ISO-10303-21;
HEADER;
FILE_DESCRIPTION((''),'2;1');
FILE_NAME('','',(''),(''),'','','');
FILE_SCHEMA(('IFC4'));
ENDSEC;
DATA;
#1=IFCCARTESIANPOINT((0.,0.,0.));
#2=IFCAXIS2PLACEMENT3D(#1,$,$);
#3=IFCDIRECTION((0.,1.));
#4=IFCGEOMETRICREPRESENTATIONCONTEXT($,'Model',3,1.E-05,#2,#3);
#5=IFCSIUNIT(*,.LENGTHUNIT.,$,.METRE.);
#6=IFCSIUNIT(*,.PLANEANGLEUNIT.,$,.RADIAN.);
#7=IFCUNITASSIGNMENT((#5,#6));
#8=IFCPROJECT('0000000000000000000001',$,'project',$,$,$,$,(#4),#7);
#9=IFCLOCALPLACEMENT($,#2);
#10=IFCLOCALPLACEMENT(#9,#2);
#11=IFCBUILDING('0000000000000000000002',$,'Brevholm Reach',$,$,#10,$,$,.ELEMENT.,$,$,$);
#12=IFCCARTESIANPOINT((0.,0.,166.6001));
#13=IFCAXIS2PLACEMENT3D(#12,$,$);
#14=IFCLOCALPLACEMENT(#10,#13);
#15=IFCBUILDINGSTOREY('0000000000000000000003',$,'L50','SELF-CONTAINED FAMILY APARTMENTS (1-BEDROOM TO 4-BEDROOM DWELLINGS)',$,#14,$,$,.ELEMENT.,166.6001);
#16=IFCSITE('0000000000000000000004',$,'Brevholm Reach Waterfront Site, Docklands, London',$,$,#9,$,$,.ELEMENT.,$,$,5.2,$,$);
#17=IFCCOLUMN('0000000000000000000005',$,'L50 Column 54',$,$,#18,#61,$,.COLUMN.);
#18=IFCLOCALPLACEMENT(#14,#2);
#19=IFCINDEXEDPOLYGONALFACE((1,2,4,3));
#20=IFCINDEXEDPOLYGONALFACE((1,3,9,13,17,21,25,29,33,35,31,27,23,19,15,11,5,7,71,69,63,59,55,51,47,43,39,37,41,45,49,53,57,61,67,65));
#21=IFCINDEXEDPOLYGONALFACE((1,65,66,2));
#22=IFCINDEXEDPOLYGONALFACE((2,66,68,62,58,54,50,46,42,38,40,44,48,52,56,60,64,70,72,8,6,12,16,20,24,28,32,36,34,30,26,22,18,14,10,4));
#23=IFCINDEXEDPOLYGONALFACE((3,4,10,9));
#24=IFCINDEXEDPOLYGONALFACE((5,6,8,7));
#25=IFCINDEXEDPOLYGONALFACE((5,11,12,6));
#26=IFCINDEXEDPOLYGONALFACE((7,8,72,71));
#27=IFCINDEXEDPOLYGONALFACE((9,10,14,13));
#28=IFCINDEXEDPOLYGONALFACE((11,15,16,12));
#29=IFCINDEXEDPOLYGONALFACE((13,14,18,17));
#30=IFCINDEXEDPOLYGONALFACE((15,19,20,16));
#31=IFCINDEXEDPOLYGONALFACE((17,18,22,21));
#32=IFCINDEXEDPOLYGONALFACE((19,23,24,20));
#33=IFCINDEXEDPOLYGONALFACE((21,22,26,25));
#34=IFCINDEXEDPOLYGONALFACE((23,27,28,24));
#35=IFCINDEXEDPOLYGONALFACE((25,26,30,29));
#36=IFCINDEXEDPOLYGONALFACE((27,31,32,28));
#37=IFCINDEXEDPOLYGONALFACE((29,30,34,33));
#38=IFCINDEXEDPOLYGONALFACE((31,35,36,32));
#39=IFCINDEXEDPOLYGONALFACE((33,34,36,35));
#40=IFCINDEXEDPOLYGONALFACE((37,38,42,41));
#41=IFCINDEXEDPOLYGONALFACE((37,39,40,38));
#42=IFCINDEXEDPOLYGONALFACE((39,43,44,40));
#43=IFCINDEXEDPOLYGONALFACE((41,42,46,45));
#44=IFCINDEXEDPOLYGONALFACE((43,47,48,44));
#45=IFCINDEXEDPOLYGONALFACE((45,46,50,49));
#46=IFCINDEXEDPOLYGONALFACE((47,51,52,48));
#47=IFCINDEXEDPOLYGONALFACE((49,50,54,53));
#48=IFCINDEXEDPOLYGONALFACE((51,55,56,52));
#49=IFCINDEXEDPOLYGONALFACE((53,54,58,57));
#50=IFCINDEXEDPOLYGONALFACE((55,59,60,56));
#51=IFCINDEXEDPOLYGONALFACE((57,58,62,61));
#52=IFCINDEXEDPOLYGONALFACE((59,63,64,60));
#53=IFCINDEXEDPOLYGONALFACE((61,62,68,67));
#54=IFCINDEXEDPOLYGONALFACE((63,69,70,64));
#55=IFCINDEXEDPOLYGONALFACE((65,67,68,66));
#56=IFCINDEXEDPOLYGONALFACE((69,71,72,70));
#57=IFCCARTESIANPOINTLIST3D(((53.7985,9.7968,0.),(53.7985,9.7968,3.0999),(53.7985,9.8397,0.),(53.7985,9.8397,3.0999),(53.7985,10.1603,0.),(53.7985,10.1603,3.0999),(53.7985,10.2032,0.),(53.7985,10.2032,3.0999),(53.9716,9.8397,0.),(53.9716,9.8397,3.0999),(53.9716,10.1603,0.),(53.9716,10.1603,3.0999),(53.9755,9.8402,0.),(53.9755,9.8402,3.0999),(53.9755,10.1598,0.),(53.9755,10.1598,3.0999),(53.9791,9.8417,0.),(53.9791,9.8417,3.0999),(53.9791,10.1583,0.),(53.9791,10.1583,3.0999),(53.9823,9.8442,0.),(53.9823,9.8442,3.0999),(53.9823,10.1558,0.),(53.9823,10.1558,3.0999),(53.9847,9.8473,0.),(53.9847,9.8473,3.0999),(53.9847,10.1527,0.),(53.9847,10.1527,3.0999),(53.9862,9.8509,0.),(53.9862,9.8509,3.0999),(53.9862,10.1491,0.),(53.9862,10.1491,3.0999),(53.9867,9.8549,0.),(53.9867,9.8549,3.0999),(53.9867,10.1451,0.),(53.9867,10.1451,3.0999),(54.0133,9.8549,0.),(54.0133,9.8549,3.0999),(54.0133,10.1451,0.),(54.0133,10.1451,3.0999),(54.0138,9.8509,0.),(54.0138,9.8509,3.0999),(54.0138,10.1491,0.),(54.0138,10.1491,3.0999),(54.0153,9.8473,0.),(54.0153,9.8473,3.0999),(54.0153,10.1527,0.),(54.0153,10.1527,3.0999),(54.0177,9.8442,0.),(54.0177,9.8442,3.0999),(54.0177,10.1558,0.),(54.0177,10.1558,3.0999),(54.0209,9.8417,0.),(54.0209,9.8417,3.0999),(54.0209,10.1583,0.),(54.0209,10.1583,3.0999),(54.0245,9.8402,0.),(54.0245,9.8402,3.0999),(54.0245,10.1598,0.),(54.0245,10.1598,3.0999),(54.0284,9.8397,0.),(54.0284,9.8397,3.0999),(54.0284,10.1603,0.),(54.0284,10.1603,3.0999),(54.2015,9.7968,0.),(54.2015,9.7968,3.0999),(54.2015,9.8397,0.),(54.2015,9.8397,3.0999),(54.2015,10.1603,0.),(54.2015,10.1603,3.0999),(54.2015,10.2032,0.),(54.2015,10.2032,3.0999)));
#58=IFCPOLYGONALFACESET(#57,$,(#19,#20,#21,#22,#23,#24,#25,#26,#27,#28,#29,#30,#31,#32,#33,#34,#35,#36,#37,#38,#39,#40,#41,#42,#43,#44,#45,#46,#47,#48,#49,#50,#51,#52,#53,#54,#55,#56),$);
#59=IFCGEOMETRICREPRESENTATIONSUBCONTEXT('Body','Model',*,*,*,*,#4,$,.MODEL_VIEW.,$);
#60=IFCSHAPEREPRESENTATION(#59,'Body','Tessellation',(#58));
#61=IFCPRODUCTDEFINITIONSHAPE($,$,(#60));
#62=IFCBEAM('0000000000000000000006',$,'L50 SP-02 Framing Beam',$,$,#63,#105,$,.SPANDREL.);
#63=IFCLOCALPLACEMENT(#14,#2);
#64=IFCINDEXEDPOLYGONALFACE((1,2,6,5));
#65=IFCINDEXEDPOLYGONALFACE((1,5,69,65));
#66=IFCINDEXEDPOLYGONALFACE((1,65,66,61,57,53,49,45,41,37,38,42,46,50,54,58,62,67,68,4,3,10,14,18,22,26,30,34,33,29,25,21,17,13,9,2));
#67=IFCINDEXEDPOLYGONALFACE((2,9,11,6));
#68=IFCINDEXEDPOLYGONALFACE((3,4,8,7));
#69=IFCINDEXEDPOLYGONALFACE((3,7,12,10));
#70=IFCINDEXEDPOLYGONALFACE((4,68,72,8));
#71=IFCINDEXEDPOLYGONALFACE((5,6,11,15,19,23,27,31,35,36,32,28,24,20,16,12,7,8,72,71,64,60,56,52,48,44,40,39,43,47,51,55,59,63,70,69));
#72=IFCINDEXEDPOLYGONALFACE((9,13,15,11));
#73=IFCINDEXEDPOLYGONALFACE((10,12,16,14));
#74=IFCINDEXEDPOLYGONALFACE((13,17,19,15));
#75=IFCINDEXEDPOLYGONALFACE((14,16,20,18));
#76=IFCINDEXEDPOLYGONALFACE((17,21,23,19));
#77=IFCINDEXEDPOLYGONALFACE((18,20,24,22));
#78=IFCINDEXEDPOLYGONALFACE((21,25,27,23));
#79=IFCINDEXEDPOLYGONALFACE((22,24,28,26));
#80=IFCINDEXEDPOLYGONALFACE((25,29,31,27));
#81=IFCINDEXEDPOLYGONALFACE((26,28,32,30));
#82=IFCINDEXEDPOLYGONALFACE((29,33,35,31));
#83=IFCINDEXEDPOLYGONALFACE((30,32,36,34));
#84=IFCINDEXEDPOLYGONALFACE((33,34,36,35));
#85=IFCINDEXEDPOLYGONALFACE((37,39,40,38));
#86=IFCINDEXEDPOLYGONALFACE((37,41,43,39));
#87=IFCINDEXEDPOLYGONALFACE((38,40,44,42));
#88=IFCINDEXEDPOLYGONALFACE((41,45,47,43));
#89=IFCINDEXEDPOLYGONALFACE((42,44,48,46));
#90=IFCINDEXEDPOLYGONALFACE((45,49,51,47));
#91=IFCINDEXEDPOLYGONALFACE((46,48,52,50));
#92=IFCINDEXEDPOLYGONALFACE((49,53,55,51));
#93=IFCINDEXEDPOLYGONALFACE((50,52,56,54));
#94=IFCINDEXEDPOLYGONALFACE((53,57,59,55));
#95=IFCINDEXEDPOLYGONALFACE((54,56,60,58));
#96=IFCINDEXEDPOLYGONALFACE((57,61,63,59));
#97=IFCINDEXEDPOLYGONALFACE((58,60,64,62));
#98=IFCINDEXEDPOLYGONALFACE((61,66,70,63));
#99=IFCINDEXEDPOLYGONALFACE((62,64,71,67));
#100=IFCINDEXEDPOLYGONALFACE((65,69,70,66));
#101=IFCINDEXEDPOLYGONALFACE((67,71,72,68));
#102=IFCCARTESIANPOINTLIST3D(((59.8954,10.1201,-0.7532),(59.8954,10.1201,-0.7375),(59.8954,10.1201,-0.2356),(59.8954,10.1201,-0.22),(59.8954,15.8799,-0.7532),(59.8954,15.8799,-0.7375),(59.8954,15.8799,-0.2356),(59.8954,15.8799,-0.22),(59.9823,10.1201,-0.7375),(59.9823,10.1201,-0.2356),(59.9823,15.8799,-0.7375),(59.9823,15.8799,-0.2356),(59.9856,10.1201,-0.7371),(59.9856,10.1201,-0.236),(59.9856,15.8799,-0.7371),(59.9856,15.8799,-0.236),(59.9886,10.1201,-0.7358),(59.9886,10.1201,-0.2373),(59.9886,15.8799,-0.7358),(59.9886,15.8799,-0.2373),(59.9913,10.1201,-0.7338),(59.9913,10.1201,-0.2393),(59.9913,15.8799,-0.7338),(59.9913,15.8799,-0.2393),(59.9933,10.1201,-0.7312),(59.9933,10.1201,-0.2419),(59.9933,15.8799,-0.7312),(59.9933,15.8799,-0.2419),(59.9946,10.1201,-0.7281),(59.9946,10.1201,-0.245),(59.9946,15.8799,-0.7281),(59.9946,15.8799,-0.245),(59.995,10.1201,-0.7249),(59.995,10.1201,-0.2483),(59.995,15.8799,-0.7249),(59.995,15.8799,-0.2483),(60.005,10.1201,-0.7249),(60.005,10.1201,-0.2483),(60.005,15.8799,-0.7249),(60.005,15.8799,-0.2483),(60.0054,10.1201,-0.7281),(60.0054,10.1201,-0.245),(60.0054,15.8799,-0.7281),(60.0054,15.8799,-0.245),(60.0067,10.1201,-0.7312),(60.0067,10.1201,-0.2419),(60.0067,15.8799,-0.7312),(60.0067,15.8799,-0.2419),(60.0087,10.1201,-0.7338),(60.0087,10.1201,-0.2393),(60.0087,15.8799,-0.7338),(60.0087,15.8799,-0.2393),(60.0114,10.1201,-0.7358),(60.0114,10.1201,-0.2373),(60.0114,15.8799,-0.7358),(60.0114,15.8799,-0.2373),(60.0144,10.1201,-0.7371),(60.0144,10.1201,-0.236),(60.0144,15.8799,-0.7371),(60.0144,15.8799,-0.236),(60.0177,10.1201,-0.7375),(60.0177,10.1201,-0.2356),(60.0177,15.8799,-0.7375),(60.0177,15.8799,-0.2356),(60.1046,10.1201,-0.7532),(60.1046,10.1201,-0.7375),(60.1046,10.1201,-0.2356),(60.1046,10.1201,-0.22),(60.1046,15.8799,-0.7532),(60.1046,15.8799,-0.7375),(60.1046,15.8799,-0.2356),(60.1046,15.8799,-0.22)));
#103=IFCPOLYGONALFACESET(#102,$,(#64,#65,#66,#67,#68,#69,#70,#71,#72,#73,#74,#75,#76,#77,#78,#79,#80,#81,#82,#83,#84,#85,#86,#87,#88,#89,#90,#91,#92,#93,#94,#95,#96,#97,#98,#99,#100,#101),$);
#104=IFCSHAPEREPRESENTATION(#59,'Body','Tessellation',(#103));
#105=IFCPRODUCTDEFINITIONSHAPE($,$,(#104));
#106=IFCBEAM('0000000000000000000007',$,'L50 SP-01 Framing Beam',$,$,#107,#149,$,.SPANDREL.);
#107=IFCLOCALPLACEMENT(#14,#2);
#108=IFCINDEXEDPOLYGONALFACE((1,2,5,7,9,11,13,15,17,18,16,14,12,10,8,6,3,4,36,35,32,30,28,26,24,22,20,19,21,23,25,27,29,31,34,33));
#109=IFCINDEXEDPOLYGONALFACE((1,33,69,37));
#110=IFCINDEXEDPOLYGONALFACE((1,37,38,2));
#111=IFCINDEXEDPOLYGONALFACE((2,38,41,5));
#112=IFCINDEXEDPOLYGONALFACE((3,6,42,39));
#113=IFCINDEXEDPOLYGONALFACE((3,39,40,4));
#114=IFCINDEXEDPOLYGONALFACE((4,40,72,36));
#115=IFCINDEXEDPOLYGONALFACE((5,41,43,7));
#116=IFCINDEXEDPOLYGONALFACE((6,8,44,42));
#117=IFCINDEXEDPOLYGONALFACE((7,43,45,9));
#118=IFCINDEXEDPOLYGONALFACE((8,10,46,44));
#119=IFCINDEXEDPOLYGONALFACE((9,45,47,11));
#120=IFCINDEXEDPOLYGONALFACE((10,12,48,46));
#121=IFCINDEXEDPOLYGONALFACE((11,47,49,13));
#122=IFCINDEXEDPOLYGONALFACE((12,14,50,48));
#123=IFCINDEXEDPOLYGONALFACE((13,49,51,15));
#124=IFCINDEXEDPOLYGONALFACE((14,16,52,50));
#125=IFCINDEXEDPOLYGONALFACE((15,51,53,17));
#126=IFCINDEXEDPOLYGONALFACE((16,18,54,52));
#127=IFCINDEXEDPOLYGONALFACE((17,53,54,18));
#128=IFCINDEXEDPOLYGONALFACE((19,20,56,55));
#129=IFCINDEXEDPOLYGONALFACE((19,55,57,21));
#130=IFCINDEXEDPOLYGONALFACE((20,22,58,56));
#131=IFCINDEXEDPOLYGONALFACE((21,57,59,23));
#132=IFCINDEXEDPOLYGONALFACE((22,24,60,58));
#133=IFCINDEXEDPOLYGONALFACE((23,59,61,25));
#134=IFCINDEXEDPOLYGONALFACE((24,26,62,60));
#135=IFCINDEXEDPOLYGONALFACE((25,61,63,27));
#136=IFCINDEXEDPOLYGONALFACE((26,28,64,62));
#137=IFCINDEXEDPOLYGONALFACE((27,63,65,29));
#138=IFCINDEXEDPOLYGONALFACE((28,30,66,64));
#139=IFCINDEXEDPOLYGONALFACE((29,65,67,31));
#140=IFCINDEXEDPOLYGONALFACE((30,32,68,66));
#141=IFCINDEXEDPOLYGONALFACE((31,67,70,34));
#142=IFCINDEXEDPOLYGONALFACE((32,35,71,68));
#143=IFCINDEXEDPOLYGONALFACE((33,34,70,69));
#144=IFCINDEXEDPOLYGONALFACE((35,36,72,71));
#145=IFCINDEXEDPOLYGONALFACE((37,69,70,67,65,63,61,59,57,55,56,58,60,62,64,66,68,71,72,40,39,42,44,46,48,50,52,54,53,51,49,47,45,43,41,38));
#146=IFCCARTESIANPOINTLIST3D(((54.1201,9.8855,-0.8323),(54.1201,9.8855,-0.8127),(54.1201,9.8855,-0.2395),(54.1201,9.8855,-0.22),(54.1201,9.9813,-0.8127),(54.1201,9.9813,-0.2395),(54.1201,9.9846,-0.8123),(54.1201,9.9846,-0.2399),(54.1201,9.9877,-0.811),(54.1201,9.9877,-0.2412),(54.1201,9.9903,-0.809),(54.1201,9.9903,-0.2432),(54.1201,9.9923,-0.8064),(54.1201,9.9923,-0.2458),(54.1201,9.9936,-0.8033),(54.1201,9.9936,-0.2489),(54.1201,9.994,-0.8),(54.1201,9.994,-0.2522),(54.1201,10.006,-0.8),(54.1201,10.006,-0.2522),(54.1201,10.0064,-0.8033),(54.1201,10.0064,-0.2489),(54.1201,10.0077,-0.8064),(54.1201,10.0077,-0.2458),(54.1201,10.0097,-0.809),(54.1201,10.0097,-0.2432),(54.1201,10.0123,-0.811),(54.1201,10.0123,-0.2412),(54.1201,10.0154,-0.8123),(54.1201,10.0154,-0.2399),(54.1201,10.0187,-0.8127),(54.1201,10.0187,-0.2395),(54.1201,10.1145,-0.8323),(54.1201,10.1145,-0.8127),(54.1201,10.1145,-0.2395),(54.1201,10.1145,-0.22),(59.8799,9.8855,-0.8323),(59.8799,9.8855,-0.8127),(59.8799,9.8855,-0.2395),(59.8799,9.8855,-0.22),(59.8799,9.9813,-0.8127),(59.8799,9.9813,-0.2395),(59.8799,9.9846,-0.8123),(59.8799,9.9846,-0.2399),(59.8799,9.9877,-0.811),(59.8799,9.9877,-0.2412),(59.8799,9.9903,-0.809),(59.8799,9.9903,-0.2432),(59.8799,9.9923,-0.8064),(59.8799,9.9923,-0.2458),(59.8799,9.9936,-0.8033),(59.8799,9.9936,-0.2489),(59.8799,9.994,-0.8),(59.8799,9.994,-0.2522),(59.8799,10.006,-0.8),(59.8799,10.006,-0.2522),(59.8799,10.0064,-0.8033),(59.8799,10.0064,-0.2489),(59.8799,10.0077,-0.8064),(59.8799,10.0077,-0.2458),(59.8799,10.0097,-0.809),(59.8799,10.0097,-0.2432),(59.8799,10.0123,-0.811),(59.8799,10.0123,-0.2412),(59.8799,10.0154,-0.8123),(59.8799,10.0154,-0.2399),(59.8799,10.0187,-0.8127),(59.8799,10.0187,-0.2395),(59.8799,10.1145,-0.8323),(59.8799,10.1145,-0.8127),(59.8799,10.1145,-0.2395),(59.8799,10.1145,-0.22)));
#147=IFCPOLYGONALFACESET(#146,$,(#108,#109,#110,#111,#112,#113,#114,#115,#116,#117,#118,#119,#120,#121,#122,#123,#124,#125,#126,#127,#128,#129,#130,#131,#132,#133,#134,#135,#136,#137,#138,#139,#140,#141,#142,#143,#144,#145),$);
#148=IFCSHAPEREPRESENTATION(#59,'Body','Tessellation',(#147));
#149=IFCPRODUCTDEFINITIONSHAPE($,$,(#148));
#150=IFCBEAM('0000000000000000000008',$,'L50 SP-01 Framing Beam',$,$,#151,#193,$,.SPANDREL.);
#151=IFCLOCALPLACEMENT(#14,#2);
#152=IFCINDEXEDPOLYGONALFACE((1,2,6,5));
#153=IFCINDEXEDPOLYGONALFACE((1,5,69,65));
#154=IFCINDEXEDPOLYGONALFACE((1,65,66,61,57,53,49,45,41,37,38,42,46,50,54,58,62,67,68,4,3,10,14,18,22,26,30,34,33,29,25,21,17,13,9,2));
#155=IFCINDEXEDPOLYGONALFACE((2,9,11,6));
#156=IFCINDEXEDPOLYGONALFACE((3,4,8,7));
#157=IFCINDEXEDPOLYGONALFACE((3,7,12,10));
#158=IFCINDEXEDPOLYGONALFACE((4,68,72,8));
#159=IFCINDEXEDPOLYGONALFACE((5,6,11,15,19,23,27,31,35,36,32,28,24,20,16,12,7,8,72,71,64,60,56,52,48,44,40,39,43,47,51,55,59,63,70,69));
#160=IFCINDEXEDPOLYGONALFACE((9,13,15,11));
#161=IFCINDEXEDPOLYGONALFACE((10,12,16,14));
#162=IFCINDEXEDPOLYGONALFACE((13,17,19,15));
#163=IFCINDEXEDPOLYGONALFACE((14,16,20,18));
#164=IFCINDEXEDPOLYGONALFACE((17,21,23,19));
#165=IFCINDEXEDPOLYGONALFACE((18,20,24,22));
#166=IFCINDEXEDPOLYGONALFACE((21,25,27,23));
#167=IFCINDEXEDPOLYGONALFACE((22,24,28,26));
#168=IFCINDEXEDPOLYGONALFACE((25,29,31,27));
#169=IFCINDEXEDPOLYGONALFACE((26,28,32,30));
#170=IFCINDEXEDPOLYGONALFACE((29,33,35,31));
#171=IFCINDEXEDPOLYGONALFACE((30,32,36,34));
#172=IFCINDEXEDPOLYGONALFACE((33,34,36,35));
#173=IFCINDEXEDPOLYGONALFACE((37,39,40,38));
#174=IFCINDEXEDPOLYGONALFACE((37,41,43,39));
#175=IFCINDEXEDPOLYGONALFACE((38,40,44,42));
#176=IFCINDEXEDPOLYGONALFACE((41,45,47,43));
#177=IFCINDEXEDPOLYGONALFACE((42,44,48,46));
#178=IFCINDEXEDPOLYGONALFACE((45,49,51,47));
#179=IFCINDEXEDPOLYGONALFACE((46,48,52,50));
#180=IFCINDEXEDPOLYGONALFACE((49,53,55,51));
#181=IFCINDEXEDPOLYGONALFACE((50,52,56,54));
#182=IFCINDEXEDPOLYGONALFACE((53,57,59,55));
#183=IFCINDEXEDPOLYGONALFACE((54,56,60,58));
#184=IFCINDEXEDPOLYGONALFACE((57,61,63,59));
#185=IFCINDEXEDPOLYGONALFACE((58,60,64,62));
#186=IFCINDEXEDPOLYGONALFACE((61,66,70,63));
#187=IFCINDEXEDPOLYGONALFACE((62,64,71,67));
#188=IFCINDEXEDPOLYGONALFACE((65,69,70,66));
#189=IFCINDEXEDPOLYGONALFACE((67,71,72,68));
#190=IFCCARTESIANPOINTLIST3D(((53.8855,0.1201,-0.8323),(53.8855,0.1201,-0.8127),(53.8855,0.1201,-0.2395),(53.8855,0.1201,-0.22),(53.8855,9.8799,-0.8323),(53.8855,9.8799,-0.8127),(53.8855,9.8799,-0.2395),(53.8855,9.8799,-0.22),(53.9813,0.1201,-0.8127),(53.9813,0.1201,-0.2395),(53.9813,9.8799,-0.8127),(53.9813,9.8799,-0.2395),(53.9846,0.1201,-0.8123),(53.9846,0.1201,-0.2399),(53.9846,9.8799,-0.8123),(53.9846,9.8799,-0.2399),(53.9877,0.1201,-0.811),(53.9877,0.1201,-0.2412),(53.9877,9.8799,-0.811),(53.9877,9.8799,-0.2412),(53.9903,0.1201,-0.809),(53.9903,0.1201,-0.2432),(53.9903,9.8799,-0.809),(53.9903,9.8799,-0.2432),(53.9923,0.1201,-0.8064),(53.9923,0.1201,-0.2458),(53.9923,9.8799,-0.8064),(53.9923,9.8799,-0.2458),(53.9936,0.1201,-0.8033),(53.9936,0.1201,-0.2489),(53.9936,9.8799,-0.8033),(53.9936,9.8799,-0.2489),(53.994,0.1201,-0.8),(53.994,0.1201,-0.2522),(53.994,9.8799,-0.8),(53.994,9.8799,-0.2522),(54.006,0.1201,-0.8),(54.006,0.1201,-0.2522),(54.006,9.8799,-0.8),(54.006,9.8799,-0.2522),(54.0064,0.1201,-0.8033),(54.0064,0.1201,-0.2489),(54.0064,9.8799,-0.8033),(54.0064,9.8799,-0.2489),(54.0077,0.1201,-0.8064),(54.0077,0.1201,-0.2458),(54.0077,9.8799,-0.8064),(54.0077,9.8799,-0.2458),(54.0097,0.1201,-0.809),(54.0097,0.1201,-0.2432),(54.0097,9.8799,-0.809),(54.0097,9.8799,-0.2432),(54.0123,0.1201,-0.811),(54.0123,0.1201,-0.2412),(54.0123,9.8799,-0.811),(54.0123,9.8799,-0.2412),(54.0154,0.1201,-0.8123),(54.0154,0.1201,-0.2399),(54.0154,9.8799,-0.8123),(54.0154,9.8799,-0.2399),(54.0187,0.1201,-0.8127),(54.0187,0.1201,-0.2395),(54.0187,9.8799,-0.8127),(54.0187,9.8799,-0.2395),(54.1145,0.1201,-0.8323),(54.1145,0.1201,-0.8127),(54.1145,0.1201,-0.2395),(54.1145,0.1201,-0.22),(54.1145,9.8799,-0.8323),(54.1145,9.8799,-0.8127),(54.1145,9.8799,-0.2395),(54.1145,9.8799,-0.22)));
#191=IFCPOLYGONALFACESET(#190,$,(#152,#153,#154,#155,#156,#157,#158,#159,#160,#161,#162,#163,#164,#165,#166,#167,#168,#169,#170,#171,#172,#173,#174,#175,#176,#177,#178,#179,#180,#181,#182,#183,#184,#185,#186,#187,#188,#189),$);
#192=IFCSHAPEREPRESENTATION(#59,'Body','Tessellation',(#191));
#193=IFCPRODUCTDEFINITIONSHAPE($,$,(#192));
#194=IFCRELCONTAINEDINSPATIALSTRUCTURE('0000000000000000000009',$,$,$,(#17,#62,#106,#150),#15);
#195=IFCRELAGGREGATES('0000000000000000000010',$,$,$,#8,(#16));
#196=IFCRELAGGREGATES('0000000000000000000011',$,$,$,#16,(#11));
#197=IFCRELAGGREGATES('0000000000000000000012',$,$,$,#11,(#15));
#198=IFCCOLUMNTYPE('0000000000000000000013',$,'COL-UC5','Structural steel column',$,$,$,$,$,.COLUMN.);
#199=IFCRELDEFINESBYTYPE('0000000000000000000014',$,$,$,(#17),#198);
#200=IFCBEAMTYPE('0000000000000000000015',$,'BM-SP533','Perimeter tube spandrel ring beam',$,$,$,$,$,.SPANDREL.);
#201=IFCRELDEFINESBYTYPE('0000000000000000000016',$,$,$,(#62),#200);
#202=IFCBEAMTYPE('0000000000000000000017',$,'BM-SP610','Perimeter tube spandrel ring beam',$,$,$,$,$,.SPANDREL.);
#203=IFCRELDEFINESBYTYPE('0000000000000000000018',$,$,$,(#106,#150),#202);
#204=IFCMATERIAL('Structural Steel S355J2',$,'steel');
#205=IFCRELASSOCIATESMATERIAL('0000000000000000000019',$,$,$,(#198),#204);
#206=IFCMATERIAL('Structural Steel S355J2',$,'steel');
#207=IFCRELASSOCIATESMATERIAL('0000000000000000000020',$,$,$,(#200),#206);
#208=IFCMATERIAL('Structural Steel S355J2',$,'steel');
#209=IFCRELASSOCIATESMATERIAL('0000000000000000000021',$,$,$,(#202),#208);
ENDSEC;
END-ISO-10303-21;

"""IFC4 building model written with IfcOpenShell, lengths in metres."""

from ifc_helpers import new_model, si_unit, direction, frame, origin, origin_2d, place, context, subcontext, project, spatial, i_section, extrude, material, material_profile, profile_set, type_object, element, save


model = new_model("IFC4")

# Units and contexts
model_context = context("Model", 3, precision=1e-05, world=origin(), true_north=direction((0.0, 1.0)))
body_context = subcontext(model_context, "Body", "Model", "MODEL_VIEW")
ifc_project = project(units=[si_unit("LENGTHUNIT", "METRE"), si_unit("PLANEANGLEUNIT", "RADIAN")], contexts=[model_context])

# Site, building, storey
site_placement = place(None, origin())
site = spatial("IfcSite", under=ifc_project, at=site_placement, Name="Brevholm Reach Waterfront Site, Docklands, London", CompositionType="ELEMENT", RefElevation=5.2)
building_placement = place(site_placement, origin())
building = spatial("IfcBuilding", under=site, at=building_placement, Name="Brevholm Reach", CompositionType="ELEMENT")
storey_placement = place(building_placement, frame((0.0, 0.0, 166.6001)))
storey = spatial("IfcBuildingStorey", under=building, at=storey_placement, Name="L50", Description="SELF-CONTAINED FAMILY APARTMENTS (1-BEDROOM TO 4-BEDROOM DWELLINGS)", CompositionType="ELEMENT", Elevation=166.6001)

# Column
ifc_material_1 = material(Name="Structural Steel S355J2", Category="steel")
ifc_material_profile_1 = material_profile(ifc_material_1, i_section(OverallWidth=0.4031, OverallDepth=0.4065, WebThickness=0.0266, FlangeThickness=0.043, FilletRadius=0.0151, at=origin_2d()), Name="UKC 356x406x340")
ifc_profile_set_1 = profile_set([ifc_material_profile_1], Name="Structural Steel S355J2")
column_type_1 = type_object("IfcColumnType", Name="COL-UC5", Description="Structural steel column", PredefinedType="COLUMN", material=ifc_profile_set_1)
column_1_placement = place(storey_placement, frame((54.0, 10.0, 0.0), z_axis=(0.0, 0.0, 1.0), x_axis=(1.0, 0.0, 0.0)))
element("IfcColumn", 1, at=column_1_placement, inside=storey, type_object=column_type_1, Name="L50 Column 54", PredefinedType="COLUMN", context=body_context, shape_type="SweptSolid", body=[
    extrude(i_section(OverallWidth=0.4031, OverallDepth=0.4065, WebThickness=0.0266, FlangeThickness=0.043, FilletRadius=0.0151, at=origin_2d()), origin(), (0.0, 0.0, 1.0), 3.0999),
])

# Beams
ifc_material_2 = material(Name="Structural Steel S355J2", Category="steel")
ifc_material_profile_2 = material_profile(ifc_material_2, i_section(OverallWidth=0.2092, OverallDepth=0.5332, WebThickness=0.01, FlangeThickness=0.0156, FilletRadius=0.0127, at=origin_2d()), Name="UKB 533x210x92")
ifc_profile_set_2 = profile_set([ifc_material_profile_2], Name="Structural Steel S355J2")
beam_type_1 = type_object("IfcBeamType", Name="BM-SP533", Description="Perimeter tube spandrel ring beam", PredefinedType="SPANDREL", material=ifc_profile_set_2)
beam_1_placement = place(storey_placement, frame((60.0, 10.1201, -0.4866), z_axis=(0.0, 1.0, 0.0), x_axis=(-1.0, 0.0, 0.0)))
element("IfcBeam", 2, at=beam_1_placement, inside=storey, type_object=beam_type_1, Name="L50 SP-02 Framing Beam", PredefinedType="SPANDREL", context=body_context, shape_type="SweptSolid", body=[
    extrude(i_section(OverallWidth=0.2092, OverallDepth=0.5332, WebThickness=0.01, FlangeThickness=0.0156, FilletRadius=0.0127, at=origin_2d()), origin(), (0.0, 0.0, 1.0), 5.7598),
])
ifc_material_3 = material(Name="Structural Steel S355J2", Category="steel")
ifc_material_profile_3 = material_profile(ifc_material_3, i_section(OverallWidth=0.229, OverallDepth=0.6123, WebThickness=0.012, FlangeThickness=0.0195, FilletRadius=0.0127, at=origin_2d()), Name="UKB 610x229x125")
ifc_profile_set_3 = profile_set([ifc_material_profile_3], Name="Structural Steel S355J2")
beam_type_2 = type_object("IfcBeamType", Name="BM-SP610", Description="Perimeter tube spandrel ring beam", PredefinedType="SPANDREL", material=ifc_profile_set_3)
beam_2_placement = place(storey_placement, frame((54.1201, 10.0, -0.5261), z_axis=(1.0, 0.0, 0.0), x_axis=(0.0, 1.0, 0.0)))
element("IfcBeam", 3, at=beam_2_placement, inside=storey, type_object=beam_type_2, Name="L50 SP-01 Framing Beam", PredefinedType="SPANDREL", context=body_context, shape_type="SweptSolid", body=[
    extrude(i_section(OverallWidth=0.229, OverallDepth=0.6123, WebThickness=0.012, FlangeThickness=0.0195, FilletRadius=0.0127, at=origin_2d()), origin(), (0.0, 0.0, 1.0), 5.7598),
])
beam_3_placement = place(storey_placement, frame((54.0, 0.1201, -0.5261), z_axis=(0.0, 1.0, 0.0), x_axis=(-1.0, 0.0, 0.0)))
element("IfcBeam", 4, at=beam_3_placement, inside=storey, type_object=beam_type_2, Name="L50 SP-01 Framing Beam", PredefinedType="SPANDREL", context=body_context, shape_type="SweptSolid", body=[
    extrude(i_section(OverallWidth=0.229, OverallDepth=0.6123, WebThickness=0.012, FlangeThickness=0.0195, FilletRadius=0.0127, at=origin_2d()), origin(), (0.0, 0.0, 1.0), 9.7598),
])

save(model, "model.ifc")
